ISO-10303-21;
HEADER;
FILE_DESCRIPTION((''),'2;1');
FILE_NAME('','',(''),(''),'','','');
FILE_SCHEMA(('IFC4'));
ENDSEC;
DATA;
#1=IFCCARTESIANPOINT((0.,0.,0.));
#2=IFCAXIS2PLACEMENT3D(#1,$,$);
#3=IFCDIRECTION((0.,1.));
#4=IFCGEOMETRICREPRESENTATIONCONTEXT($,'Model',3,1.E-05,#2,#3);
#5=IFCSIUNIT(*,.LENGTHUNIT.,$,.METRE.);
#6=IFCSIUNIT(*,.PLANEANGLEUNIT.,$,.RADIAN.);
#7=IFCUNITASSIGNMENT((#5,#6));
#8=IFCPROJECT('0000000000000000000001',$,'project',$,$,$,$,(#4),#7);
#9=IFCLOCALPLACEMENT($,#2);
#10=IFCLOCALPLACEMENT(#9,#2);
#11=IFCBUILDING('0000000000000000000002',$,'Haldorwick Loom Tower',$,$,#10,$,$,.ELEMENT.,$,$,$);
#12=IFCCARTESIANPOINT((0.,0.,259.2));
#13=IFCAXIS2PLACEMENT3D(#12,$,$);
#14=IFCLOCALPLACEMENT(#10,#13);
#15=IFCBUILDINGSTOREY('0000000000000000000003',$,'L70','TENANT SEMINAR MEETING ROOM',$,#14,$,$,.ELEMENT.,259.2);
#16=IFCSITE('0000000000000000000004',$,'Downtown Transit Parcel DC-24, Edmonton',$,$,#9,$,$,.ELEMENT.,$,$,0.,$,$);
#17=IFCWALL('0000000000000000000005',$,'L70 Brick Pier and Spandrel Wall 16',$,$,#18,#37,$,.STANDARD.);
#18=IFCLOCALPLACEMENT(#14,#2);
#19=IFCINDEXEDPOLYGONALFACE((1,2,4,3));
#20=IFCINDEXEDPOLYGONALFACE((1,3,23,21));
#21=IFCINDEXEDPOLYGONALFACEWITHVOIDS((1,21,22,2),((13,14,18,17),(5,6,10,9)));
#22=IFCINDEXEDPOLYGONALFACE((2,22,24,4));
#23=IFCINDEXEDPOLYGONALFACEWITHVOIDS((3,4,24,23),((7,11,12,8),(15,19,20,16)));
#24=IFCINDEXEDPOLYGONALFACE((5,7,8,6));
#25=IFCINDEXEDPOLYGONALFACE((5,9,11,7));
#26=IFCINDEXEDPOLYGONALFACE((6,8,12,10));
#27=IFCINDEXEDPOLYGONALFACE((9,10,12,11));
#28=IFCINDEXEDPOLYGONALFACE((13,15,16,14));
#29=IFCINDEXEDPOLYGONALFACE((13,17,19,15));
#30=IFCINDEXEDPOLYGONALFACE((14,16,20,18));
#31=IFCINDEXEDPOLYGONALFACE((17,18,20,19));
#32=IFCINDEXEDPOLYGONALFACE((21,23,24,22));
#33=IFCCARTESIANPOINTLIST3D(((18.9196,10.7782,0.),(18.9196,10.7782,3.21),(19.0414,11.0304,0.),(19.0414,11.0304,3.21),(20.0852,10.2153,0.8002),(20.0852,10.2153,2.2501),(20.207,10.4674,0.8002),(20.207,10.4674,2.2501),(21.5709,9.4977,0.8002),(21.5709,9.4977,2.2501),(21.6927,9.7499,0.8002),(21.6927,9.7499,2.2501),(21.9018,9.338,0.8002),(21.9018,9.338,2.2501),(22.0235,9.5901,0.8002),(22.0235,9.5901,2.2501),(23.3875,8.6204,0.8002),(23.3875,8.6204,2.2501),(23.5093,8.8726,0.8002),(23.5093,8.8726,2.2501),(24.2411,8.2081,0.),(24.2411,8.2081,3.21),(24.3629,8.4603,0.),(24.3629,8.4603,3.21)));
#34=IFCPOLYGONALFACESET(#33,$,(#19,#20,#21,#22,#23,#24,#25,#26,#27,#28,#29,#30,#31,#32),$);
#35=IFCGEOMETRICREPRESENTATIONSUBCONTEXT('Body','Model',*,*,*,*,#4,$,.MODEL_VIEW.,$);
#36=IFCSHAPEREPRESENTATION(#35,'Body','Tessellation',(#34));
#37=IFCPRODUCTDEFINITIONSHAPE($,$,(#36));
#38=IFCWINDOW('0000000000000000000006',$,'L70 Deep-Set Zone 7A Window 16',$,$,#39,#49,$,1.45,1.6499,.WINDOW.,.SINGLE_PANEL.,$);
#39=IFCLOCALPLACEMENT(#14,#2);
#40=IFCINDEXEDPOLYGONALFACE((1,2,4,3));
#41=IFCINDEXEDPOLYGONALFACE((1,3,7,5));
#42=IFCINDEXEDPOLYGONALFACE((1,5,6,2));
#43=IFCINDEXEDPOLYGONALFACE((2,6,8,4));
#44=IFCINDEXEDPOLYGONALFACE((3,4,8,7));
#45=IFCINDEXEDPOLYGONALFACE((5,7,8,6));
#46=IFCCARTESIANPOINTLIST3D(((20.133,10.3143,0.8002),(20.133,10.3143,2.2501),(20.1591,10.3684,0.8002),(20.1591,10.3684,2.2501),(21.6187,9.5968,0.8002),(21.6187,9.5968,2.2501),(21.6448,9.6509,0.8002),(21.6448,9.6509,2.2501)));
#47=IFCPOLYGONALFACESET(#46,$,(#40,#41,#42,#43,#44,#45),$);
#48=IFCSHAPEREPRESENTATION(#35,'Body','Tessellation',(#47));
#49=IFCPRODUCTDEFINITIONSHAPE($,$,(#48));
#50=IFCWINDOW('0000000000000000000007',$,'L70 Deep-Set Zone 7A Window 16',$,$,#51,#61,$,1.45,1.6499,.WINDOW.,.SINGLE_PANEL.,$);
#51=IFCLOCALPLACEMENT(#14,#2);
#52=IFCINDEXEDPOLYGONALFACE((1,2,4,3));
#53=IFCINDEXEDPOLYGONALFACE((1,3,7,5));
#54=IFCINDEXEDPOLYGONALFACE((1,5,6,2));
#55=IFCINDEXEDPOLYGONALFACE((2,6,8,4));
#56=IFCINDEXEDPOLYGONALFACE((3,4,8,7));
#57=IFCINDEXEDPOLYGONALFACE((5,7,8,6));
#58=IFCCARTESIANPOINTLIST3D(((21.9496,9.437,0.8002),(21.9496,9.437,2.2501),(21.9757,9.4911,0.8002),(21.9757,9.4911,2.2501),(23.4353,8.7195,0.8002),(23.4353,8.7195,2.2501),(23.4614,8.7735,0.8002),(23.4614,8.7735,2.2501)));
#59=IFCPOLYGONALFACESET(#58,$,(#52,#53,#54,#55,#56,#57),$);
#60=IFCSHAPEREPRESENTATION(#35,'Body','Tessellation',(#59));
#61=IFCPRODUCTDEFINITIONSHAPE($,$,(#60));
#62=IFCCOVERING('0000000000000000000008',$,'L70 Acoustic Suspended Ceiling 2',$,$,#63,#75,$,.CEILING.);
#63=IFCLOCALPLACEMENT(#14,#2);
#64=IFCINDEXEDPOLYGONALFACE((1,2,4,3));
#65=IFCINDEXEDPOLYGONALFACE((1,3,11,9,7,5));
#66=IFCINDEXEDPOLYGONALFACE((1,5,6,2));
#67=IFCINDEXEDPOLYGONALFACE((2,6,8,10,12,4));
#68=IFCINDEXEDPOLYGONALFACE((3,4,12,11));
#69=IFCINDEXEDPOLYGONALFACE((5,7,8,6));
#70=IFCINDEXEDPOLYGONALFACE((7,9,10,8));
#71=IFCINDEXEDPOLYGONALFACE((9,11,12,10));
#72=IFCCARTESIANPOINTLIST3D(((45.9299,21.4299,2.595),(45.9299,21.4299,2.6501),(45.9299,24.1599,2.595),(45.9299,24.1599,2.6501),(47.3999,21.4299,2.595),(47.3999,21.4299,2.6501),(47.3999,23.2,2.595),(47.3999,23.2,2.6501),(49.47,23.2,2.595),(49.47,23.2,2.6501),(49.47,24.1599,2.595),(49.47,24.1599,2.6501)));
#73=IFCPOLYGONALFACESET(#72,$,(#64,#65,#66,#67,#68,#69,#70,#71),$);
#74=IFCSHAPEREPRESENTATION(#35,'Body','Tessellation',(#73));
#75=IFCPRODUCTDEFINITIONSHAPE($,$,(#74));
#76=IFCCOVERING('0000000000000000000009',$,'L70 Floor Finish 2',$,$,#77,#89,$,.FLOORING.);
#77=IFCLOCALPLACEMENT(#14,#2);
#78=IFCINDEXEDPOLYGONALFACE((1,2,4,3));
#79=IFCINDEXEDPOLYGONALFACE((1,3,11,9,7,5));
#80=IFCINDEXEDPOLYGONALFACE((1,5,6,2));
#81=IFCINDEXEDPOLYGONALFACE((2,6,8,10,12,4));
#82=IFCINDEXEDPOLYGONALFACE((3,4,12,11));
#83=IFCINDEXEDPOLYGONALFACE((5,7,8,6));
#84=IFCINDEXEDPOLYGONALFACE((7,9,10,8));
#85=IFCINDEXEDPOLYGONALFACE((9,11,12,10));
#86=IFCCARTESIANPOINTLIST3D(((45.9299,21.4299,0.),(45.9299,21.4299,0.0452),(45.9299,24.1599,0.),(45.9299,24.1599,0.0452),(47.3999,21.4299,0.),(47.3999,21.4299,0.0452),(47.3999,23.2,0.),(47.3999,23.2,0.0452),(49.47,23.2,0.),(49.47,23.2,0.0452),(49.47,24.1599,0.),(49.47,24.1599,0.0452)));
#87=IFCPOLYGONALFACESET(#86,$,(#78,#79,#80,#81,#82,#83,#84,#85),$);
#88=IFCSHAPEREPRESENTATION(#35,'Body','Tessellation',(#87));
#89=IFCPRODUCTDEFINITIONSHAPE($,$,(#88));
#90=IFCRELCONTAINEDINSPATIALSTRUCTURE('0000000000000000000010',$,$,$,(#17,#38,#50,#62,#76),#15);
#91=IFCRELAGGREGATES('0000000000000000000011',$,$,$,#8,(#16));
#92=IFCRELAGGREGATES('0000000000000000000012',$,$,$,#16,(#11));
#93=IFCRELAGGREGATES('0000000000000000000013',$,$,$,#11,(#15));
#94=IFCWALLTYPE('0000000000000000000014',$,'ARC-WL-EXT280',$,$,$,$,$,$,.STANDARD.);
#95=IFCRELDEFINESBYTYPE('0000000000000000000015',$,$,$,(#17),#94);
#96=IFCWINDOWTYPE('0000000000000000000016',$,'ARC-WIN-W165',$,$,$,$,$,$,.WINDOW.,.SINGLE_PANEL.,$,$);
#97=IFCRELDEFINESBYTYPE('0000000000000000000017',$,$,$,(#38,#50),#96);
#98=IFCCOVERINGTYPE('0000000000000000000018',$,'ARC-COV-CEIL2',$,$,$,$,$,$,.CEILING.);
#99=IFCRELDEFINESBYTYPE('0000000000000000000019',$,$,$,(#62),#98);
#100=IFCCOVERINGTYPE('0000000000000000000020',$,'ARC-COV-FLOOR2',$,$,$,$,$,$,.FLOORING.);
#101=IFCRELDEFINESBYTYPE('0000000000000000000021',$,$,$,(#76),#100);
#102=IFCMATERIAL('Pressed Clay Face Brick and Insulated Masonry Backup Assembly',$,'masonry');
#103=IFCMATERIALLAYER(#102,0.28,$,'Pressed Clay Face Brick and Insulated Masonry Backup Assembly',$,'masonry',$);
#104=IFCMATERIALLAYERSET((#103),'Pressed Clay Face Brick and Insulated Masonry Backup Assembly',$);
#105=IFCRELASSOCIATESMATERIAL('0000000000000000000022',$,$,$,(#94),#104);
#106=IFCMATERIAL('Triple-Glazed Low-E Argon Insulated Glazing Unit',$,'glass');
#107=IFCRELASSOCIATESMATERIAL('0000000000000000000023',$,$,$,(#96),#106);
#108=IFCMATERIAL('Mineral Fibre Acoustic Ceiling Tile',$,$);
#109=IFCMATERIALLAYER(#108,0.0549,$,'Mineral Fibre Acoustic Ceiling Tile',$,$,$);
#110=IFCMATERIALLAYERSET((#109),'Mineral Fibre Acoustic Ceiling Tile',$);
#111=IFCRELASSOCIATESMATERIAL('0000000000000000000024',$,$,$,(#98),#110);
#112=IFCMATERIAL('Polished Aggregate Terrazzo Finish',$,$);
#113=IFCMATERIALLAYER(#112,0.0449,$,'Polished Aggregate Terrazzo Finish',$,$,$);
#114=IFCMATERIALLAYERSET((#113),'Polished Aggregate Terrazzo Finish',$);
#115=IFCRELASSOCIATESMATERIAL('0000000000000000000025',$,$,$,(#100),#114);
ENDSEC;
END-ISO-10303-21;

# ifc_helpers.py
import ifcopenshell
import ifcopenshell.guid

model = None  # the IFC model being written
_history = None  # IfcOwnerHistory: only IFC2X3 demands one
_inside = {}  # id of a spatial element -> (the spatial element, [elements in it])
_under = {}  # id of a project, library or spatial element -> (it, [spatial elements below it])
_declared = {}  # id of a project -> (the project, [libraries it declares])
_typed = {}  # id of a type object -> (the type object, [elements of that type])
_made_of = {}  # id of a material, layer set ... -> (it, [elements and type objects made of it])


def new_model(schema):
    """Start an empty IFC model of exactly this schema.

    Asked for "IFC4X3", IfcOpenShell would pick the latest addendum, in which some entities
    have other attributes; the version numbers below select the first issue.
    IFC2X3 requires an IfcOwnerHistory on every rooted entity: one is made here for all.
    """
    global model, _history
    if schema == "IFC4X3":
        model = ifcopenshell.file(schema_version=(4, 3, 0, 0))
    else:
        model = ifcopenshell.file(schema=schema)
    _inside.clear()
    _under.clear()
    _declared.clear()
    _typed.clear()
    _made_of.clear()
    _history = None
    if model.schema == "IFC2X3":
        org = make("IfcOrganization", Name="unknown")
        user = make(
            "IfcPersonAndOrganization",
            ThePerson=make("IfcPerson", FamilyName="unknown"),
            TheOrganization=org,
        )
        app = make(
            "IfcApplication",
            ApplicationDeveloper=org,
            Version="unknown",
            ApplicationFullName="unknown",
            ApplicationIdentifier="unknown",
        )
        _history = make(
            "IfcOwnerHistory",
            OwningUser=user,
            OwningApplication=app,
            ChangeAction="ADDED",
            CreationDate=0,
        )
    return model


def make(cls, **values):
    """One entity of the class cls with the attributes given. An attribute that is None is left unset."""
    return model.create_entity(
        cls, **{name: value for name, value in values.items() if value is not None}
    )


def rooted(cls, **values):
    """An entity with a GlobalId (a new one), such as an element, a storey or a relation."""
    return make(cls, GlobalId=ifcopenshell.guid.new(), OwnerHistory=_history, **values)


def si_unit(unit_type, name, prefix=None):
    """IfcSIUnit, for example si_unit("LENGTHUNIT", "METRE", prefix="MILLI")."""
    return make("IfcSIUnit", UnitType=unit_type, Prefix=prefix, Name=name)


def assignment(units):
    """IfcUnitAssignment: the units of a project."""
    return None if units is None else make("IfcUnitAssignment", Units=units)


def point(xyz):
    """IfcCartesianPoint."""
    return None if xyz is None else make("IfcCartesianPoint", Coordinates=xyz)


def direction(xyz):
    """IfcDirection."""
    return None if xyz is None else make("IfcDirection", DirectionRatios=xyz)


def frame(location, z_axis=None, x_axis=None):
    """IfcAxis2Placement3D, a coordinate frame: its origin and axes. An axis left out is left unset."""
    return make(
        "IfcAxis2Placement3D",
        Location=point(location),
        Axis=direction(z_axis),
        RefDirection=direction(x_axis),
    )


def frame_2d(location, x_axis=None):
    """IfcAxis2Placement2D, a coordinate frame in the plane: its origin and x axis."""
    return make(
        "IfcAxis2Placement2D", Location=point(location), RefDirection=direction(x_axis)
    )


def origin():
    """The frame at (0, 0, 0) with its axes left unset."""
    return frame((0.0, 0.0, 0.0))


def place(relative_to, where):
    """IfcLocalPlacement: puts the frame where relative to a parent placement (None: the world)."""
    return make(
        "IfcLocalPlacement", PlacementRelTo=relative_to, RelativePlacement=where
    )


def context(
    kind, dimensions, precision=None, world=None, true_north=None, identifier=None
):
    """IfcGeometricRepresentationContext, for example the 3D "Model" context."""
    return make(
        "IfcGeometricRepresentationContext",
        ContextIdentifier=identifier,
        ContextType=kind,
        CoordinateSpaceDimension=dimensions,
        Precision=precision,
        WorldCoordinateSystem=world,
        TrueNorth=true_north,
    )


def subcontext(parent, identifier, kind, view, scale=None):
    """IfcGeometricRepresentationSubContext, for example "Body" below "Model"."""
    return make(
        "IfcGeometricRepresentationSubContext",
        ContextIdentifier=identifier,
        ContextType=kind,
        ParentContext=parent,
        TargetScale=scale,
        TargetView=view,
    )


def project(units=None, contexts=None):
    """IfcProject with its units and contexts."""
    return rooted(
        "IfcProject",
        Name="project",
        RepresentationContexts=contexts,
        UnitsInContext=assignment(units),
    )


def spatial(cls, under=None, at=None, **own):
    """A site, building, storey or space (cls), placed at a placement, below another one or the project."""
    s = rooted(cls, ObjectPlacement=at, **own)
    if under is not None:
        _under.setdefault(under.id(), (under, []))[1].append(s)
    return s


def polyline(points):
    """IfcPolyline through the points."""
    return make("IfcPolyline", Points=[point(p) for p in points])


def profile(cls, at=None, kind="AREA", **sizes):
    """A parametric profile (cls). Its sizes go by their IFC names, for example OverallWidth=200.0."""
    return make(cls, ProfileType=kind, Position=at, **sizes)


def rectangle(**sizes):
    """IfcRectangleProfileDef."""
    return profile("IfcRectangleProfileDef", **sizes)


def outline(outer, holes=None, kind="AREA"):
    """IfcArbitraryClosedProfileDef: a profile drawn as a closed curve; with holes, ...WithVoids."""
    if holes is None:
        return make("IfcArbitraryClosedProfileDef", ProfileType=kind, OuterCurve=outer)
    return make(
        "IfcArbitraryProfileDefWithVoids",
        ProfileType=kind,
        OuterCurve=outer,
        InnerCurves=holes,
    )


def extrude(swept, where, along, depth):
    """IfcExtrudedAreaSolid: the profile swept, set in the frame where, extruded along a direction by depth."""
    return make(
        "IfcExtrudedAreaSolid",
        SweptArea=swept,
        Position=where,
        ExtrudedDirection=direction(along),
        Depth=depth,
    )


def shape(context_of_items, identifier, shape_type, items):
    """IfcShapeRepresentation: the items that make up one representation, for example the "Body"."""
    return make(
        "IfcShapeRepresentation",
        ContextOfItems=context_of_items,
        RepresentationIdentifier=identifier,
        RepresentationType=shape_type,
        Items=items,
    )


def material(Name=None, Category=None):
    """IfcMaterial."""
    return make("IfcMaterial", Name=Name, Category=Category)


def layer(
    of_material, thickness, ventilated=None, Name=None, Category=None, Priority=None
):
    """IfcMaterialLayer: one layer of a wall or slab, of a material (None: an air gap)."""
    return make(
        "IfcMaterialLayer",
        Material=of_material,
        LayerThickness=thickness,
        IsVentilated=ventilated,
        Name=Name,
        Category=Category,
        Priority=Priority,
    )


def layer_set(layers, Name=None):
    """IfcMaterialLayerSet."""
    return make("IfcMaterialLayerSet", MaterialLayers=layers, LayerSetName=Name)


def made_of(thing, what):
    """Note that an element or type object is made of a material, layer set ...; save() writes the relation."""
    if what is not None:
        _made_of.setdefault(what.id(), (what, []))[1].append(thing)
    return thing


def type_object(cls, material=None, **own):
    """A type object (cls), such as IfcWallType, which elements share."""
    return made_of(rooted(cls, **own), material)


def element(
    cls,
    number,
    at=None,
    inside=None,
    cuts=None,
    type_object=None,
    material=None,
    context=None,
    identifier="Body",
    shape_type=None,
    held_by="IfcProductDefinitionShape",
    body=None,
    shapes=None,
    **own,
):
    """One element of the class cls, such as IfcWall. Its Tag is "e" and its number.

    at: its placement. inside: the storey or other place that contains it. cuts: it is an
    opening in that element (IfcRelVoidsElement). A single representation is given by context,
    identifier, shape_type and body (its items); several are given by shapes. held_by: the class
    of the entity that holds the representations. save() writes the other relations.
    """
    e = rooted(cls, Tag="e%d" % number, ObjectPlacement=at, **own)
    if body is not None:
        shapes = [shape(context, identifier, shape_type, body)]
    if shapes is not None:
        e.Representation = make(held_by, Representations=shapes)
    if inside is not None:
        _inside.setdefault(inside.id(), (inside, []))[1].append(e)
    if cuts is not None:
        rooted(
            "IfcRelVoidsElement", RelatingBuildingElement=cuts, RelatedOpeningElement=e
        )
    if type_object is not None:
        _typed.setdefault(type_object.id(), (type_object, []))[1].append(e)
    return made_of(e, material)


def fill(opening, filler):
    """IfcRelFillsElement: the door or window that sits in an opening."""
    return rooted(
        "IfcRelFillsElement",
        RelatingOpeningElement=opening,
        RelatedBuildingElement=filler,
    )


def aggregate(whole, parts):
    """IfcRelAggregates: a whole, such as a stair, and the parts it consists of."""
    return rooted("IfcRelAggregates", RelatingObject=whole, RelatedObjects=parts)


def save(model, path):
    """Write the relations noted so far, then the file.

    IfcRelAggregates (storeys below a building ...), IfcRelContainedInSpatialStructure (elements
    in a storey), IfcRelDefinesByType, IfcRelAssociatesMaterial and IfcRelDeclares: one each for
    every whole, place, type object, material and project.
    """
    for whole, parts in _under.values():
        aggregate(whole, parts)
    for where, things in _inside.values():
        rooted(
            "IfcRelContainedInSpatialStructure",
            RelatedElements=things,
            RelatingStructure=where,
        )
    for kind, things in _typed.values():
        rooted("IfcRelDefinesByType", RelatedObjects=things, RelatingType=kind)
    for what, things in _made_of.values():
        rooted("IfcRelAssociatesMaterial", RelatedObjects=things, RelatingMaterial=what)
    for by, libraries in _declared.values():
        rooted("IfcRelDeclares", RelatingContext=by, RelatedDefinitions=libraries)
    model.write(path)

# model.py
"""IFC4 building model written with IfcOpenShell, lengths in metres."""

from ifc_helpers import new_model, si_unit, direction, frame, frame_2d, origin, place, context, subcontext, project, spatial, polyline, rectangle, outline, extrude, material, layer, layer_set, type_object, element, fill, save


model = new_model("IFC4")

# Units and contexts
model_context = context("Model", 3, precision=1e-05, world=origin(), true_north=direction((0.0, 1.0)))
body_context = subcontext(model_context, "Body", "Model", "MODEL_VIEW")
ifc_project = project(units=[si_unit("LENGTHUNIT", "METRE"), si_unit("PLANEANGLEUNIT", "RADIAN")], contexts=[model_context])

# Site, building, storey
site_placement = place(None, origin())
site = spatial("IfcSite", under=ifc_project, at=site_placement, Name="Downtown Transit Parcel DC-24, Edmonton", CompositionType="ELEMENT", RefElevation=0.0)
building_placement = place(site_placement, origin())
building = spatial("IfcBuilding", under=site, at=building_placement, Name="Haldorwick Loom Tower", CompositionType="ELEMENT")
storey_placement = place(building_placement, frame((0.0, 0.0, 259.2)))
storey = spatial("IfcBuildingStorey", under=building, at=storey_placement, Name="L70", Description="TENANT SEMINAR MEETING ROOM", CompositionType="ELEMENT", Elevation=259.2)

# Shared definitions
ifc_material_1 = material(Name="Pressed Clay Face Brick and Insulated Masonry Backup Assembly", Category="masonry")
ifc_layer_1 = layer(ifc_material_1, 0.28, Name="Pressed Clay Face Brick and Insulated Masonry Backup Assembly", Category="masonry")
ifc_layer_set_1 = layer_set([ifc_layer_1], Name="Pressed Clay Face Brick and Insulated Masonry Backup Assembly")
wall_type = type_object("IfcWallType", Name="ARC-WL-EXT280", PredefinedType="STANDARD", material=ifc_layer_set_1)

# Wall, openings, windows
wall_1_placement = place(storey_placement, frame((18.9805, 10.9043, 0.0), z_axis=(0.0, 0.0, 1.0), x_axis=(0.900482, -0.434893, 0.0)))
wall_1 = element("IfcWall", 1, at=wall_1_placement, inside=storey, type_object=wall_type, Name="L70 Brick Pier and Spandrel Wall 16", PredefinedType="STANDARD", context=body_context, shape_type="SweptSolid", body=[
    extrude(rectangle(XDim=5.9097, YDim=0.28, at=frame_2d((2.9548, 0.0))), origin(), (0.0, 0.0, 1.0), 3.21),
])
opening_1_placement = place(wall_1_placement, frame((1.2944, 0.0, 0.8)))
opening_1 = element("IfcOpeningElement", 2, at=opening_1_placement, cuts=wall_1, PredefinedType="OPENING", context=body_context, shape_type="SweptSolid", body=[
    extrude(rectangle(XDim=1.6499, YDim=1.45, at=frame_2d((0.825, 0.7251))), frame((0.0, 0.1499, 0.0), z_axis=(0.0, -1.0, 0.0), x_axis=(1.0, 0.0, 0.0)), (0.0, 0.0, 1.0), 0.3),
])
opening_2_placement = place(wall_1_placement, frame((3.3118, 0.0, 0.8)))
opening_2 = element("IfcOpeningElement", 3, at=opening_2_placement, cuts=wall_1, PredefinedType="OPENING", context=body_context, shape_type="SweptSolid", body=[
    extrude(rectangle(XDim=1.6499, YDim=1.45, at=frame_2d((0.825, 0.7251))), frame((0.0, 0.1499, 0.0), z_axis=(0.0, -1.0, 0.0), x_axis=(1.0, 0.0, 0.0)), (0.0, 0.0, 1.0), 0.3),
])
ifc_material_2 = material(Name="Triple-Glazed Low-E Argon Insulated Glazing Unit", Category="glass")
window_type = type_object("IfcWindowType", Name="ARC-WIN-W165", PartitioningType="SINGLE_PANEL", PredefinedType="WINDOW", material=ifc_material_2)
window_1_placement = place(opening_1_placement, origin())
window_1 = element("IfcWindow", 4, at=window_1_placement, inside=storey, type_object=window_type, Name="L70 Deep-Set Zone 7A Window 16", OverallHeight=1.45, OverallWidth=1.6499, PartitioningType="SINGLE_PANEL", PredefinedType="WINDOW", context=body_context, shape_type="SweptSolid", body=[
    extrude(rectangle(XDim=1.6499, YDim=1.45, at=frame_2d((0.825, 0.7251))), frame((0.0, 0.03, 0.0), z_axis=(0.0, -1.0, 0.0), x_axis=(1.0, 0.0, 0.0)), (0.0, 0.0, 1.0), 0.0601),
])
fill(opening_1, window_1)
window_2_placement = place(opening_2_placement, origin())
window_2 = element("IfcWindow", 5, at=window_2_placement, inside=storey, type_object=window_type, Name="L70 Deep-Set Zone 7A Window 16", OverallHeight=1.45, OverallWidth=1.6499, PartitioningType="SINGLE_PANEL", PredefinedType="WINDOW", context=body_context, shape_type="SweptSolid", body=[
    extrude(rectangle(XDim=1.6499, YDim=1.45, at=frame_2d((0.825, 0.7251))), frame((0.0, 0.03, 0.0), z_axis=(0.0, -1.0, 0.0), x_axis=(1.0, 0.0, 0.0)), (0.0, 0.0, 1.0), 0.0601),
])
fill(opening_2, window_2)

# Coverings
ifc_material_3 = material(Name="Mineral Fibre Acoustic Ceiling Tile")
ifc_layer_2 = layer(ifc_material_3, 0.0549, Name="Mineral Fibre Acoustic Ceiling Tile")
ifc_layer_set_2 = layer_set([ifc_layer_2], Name="Mineral Fibre Acoustic Ceiling Tile")
covering_type_1 = type_object("IfcCoveringType", Name="ARC-COV-CEIL2", PredefinedType="CEILING", material=ifc_layer_set_2)
covering_1_placement = place(storey_placement, frame((0.0, 0.0, 2.595)))
element("IfcCovering", 6, at=covering_1_placement, inside=storey, type_object=covering_type_1, Name="L70 Acoustic Suspended Ceiling 2", PredefinedType="CEILING", context=body_context, shape_type="SweptSolid", body=[
    extrude(outline(polyline([(45.9299, 24.1599), (45.9299, 21.4299), (47.3999, 21.4299), (47.3999, 23.2), (49.47, 23.2), (49.47, 24.1599), (45.9299, 24.1599)])), origin(), (0.0, 0.0, 1.0), 0.0552),
])
ifc_material_4 = material(Name="Polished Aggregate Terrazzo Finish")
ifc_layer_3 = layer(ifc_material_4, 0.0449, Name="Polished Aggregate Terrazzo Finish")
ifc_layer_set_3 = layer_set([ifc_layer_3], Name="Polished Aggregate Terrazzo Finish")
covering_type_2 = type_object("IfcCoveringType", Name="ARC-COV-FLOOR2", PredefinedType="FLOORING", material=ifc_layer_set_3)
covering_2_placement = place(storey_placement, origin())
element("IfcCovering", 7, at=covering_2_placement, inside=storey, type_object=covering_type_2, Name="L70 Floor Finish 2", PredefinedType="FLOORING", context=body_context, shape_type="SweptSolid", body=[
    extrude(outline(polyline([(45.9299, 24.1599), (45.9299, 21.4299), (47.3999, 21.4299), (47.3999, 23.2), (49.47, 23.2), (49.47, 24.1599), (45.9299, 24.1599)])), origin(), (0.0, 0.0, 1.0), 0.0452),
])

save(model, "model.ifc")
